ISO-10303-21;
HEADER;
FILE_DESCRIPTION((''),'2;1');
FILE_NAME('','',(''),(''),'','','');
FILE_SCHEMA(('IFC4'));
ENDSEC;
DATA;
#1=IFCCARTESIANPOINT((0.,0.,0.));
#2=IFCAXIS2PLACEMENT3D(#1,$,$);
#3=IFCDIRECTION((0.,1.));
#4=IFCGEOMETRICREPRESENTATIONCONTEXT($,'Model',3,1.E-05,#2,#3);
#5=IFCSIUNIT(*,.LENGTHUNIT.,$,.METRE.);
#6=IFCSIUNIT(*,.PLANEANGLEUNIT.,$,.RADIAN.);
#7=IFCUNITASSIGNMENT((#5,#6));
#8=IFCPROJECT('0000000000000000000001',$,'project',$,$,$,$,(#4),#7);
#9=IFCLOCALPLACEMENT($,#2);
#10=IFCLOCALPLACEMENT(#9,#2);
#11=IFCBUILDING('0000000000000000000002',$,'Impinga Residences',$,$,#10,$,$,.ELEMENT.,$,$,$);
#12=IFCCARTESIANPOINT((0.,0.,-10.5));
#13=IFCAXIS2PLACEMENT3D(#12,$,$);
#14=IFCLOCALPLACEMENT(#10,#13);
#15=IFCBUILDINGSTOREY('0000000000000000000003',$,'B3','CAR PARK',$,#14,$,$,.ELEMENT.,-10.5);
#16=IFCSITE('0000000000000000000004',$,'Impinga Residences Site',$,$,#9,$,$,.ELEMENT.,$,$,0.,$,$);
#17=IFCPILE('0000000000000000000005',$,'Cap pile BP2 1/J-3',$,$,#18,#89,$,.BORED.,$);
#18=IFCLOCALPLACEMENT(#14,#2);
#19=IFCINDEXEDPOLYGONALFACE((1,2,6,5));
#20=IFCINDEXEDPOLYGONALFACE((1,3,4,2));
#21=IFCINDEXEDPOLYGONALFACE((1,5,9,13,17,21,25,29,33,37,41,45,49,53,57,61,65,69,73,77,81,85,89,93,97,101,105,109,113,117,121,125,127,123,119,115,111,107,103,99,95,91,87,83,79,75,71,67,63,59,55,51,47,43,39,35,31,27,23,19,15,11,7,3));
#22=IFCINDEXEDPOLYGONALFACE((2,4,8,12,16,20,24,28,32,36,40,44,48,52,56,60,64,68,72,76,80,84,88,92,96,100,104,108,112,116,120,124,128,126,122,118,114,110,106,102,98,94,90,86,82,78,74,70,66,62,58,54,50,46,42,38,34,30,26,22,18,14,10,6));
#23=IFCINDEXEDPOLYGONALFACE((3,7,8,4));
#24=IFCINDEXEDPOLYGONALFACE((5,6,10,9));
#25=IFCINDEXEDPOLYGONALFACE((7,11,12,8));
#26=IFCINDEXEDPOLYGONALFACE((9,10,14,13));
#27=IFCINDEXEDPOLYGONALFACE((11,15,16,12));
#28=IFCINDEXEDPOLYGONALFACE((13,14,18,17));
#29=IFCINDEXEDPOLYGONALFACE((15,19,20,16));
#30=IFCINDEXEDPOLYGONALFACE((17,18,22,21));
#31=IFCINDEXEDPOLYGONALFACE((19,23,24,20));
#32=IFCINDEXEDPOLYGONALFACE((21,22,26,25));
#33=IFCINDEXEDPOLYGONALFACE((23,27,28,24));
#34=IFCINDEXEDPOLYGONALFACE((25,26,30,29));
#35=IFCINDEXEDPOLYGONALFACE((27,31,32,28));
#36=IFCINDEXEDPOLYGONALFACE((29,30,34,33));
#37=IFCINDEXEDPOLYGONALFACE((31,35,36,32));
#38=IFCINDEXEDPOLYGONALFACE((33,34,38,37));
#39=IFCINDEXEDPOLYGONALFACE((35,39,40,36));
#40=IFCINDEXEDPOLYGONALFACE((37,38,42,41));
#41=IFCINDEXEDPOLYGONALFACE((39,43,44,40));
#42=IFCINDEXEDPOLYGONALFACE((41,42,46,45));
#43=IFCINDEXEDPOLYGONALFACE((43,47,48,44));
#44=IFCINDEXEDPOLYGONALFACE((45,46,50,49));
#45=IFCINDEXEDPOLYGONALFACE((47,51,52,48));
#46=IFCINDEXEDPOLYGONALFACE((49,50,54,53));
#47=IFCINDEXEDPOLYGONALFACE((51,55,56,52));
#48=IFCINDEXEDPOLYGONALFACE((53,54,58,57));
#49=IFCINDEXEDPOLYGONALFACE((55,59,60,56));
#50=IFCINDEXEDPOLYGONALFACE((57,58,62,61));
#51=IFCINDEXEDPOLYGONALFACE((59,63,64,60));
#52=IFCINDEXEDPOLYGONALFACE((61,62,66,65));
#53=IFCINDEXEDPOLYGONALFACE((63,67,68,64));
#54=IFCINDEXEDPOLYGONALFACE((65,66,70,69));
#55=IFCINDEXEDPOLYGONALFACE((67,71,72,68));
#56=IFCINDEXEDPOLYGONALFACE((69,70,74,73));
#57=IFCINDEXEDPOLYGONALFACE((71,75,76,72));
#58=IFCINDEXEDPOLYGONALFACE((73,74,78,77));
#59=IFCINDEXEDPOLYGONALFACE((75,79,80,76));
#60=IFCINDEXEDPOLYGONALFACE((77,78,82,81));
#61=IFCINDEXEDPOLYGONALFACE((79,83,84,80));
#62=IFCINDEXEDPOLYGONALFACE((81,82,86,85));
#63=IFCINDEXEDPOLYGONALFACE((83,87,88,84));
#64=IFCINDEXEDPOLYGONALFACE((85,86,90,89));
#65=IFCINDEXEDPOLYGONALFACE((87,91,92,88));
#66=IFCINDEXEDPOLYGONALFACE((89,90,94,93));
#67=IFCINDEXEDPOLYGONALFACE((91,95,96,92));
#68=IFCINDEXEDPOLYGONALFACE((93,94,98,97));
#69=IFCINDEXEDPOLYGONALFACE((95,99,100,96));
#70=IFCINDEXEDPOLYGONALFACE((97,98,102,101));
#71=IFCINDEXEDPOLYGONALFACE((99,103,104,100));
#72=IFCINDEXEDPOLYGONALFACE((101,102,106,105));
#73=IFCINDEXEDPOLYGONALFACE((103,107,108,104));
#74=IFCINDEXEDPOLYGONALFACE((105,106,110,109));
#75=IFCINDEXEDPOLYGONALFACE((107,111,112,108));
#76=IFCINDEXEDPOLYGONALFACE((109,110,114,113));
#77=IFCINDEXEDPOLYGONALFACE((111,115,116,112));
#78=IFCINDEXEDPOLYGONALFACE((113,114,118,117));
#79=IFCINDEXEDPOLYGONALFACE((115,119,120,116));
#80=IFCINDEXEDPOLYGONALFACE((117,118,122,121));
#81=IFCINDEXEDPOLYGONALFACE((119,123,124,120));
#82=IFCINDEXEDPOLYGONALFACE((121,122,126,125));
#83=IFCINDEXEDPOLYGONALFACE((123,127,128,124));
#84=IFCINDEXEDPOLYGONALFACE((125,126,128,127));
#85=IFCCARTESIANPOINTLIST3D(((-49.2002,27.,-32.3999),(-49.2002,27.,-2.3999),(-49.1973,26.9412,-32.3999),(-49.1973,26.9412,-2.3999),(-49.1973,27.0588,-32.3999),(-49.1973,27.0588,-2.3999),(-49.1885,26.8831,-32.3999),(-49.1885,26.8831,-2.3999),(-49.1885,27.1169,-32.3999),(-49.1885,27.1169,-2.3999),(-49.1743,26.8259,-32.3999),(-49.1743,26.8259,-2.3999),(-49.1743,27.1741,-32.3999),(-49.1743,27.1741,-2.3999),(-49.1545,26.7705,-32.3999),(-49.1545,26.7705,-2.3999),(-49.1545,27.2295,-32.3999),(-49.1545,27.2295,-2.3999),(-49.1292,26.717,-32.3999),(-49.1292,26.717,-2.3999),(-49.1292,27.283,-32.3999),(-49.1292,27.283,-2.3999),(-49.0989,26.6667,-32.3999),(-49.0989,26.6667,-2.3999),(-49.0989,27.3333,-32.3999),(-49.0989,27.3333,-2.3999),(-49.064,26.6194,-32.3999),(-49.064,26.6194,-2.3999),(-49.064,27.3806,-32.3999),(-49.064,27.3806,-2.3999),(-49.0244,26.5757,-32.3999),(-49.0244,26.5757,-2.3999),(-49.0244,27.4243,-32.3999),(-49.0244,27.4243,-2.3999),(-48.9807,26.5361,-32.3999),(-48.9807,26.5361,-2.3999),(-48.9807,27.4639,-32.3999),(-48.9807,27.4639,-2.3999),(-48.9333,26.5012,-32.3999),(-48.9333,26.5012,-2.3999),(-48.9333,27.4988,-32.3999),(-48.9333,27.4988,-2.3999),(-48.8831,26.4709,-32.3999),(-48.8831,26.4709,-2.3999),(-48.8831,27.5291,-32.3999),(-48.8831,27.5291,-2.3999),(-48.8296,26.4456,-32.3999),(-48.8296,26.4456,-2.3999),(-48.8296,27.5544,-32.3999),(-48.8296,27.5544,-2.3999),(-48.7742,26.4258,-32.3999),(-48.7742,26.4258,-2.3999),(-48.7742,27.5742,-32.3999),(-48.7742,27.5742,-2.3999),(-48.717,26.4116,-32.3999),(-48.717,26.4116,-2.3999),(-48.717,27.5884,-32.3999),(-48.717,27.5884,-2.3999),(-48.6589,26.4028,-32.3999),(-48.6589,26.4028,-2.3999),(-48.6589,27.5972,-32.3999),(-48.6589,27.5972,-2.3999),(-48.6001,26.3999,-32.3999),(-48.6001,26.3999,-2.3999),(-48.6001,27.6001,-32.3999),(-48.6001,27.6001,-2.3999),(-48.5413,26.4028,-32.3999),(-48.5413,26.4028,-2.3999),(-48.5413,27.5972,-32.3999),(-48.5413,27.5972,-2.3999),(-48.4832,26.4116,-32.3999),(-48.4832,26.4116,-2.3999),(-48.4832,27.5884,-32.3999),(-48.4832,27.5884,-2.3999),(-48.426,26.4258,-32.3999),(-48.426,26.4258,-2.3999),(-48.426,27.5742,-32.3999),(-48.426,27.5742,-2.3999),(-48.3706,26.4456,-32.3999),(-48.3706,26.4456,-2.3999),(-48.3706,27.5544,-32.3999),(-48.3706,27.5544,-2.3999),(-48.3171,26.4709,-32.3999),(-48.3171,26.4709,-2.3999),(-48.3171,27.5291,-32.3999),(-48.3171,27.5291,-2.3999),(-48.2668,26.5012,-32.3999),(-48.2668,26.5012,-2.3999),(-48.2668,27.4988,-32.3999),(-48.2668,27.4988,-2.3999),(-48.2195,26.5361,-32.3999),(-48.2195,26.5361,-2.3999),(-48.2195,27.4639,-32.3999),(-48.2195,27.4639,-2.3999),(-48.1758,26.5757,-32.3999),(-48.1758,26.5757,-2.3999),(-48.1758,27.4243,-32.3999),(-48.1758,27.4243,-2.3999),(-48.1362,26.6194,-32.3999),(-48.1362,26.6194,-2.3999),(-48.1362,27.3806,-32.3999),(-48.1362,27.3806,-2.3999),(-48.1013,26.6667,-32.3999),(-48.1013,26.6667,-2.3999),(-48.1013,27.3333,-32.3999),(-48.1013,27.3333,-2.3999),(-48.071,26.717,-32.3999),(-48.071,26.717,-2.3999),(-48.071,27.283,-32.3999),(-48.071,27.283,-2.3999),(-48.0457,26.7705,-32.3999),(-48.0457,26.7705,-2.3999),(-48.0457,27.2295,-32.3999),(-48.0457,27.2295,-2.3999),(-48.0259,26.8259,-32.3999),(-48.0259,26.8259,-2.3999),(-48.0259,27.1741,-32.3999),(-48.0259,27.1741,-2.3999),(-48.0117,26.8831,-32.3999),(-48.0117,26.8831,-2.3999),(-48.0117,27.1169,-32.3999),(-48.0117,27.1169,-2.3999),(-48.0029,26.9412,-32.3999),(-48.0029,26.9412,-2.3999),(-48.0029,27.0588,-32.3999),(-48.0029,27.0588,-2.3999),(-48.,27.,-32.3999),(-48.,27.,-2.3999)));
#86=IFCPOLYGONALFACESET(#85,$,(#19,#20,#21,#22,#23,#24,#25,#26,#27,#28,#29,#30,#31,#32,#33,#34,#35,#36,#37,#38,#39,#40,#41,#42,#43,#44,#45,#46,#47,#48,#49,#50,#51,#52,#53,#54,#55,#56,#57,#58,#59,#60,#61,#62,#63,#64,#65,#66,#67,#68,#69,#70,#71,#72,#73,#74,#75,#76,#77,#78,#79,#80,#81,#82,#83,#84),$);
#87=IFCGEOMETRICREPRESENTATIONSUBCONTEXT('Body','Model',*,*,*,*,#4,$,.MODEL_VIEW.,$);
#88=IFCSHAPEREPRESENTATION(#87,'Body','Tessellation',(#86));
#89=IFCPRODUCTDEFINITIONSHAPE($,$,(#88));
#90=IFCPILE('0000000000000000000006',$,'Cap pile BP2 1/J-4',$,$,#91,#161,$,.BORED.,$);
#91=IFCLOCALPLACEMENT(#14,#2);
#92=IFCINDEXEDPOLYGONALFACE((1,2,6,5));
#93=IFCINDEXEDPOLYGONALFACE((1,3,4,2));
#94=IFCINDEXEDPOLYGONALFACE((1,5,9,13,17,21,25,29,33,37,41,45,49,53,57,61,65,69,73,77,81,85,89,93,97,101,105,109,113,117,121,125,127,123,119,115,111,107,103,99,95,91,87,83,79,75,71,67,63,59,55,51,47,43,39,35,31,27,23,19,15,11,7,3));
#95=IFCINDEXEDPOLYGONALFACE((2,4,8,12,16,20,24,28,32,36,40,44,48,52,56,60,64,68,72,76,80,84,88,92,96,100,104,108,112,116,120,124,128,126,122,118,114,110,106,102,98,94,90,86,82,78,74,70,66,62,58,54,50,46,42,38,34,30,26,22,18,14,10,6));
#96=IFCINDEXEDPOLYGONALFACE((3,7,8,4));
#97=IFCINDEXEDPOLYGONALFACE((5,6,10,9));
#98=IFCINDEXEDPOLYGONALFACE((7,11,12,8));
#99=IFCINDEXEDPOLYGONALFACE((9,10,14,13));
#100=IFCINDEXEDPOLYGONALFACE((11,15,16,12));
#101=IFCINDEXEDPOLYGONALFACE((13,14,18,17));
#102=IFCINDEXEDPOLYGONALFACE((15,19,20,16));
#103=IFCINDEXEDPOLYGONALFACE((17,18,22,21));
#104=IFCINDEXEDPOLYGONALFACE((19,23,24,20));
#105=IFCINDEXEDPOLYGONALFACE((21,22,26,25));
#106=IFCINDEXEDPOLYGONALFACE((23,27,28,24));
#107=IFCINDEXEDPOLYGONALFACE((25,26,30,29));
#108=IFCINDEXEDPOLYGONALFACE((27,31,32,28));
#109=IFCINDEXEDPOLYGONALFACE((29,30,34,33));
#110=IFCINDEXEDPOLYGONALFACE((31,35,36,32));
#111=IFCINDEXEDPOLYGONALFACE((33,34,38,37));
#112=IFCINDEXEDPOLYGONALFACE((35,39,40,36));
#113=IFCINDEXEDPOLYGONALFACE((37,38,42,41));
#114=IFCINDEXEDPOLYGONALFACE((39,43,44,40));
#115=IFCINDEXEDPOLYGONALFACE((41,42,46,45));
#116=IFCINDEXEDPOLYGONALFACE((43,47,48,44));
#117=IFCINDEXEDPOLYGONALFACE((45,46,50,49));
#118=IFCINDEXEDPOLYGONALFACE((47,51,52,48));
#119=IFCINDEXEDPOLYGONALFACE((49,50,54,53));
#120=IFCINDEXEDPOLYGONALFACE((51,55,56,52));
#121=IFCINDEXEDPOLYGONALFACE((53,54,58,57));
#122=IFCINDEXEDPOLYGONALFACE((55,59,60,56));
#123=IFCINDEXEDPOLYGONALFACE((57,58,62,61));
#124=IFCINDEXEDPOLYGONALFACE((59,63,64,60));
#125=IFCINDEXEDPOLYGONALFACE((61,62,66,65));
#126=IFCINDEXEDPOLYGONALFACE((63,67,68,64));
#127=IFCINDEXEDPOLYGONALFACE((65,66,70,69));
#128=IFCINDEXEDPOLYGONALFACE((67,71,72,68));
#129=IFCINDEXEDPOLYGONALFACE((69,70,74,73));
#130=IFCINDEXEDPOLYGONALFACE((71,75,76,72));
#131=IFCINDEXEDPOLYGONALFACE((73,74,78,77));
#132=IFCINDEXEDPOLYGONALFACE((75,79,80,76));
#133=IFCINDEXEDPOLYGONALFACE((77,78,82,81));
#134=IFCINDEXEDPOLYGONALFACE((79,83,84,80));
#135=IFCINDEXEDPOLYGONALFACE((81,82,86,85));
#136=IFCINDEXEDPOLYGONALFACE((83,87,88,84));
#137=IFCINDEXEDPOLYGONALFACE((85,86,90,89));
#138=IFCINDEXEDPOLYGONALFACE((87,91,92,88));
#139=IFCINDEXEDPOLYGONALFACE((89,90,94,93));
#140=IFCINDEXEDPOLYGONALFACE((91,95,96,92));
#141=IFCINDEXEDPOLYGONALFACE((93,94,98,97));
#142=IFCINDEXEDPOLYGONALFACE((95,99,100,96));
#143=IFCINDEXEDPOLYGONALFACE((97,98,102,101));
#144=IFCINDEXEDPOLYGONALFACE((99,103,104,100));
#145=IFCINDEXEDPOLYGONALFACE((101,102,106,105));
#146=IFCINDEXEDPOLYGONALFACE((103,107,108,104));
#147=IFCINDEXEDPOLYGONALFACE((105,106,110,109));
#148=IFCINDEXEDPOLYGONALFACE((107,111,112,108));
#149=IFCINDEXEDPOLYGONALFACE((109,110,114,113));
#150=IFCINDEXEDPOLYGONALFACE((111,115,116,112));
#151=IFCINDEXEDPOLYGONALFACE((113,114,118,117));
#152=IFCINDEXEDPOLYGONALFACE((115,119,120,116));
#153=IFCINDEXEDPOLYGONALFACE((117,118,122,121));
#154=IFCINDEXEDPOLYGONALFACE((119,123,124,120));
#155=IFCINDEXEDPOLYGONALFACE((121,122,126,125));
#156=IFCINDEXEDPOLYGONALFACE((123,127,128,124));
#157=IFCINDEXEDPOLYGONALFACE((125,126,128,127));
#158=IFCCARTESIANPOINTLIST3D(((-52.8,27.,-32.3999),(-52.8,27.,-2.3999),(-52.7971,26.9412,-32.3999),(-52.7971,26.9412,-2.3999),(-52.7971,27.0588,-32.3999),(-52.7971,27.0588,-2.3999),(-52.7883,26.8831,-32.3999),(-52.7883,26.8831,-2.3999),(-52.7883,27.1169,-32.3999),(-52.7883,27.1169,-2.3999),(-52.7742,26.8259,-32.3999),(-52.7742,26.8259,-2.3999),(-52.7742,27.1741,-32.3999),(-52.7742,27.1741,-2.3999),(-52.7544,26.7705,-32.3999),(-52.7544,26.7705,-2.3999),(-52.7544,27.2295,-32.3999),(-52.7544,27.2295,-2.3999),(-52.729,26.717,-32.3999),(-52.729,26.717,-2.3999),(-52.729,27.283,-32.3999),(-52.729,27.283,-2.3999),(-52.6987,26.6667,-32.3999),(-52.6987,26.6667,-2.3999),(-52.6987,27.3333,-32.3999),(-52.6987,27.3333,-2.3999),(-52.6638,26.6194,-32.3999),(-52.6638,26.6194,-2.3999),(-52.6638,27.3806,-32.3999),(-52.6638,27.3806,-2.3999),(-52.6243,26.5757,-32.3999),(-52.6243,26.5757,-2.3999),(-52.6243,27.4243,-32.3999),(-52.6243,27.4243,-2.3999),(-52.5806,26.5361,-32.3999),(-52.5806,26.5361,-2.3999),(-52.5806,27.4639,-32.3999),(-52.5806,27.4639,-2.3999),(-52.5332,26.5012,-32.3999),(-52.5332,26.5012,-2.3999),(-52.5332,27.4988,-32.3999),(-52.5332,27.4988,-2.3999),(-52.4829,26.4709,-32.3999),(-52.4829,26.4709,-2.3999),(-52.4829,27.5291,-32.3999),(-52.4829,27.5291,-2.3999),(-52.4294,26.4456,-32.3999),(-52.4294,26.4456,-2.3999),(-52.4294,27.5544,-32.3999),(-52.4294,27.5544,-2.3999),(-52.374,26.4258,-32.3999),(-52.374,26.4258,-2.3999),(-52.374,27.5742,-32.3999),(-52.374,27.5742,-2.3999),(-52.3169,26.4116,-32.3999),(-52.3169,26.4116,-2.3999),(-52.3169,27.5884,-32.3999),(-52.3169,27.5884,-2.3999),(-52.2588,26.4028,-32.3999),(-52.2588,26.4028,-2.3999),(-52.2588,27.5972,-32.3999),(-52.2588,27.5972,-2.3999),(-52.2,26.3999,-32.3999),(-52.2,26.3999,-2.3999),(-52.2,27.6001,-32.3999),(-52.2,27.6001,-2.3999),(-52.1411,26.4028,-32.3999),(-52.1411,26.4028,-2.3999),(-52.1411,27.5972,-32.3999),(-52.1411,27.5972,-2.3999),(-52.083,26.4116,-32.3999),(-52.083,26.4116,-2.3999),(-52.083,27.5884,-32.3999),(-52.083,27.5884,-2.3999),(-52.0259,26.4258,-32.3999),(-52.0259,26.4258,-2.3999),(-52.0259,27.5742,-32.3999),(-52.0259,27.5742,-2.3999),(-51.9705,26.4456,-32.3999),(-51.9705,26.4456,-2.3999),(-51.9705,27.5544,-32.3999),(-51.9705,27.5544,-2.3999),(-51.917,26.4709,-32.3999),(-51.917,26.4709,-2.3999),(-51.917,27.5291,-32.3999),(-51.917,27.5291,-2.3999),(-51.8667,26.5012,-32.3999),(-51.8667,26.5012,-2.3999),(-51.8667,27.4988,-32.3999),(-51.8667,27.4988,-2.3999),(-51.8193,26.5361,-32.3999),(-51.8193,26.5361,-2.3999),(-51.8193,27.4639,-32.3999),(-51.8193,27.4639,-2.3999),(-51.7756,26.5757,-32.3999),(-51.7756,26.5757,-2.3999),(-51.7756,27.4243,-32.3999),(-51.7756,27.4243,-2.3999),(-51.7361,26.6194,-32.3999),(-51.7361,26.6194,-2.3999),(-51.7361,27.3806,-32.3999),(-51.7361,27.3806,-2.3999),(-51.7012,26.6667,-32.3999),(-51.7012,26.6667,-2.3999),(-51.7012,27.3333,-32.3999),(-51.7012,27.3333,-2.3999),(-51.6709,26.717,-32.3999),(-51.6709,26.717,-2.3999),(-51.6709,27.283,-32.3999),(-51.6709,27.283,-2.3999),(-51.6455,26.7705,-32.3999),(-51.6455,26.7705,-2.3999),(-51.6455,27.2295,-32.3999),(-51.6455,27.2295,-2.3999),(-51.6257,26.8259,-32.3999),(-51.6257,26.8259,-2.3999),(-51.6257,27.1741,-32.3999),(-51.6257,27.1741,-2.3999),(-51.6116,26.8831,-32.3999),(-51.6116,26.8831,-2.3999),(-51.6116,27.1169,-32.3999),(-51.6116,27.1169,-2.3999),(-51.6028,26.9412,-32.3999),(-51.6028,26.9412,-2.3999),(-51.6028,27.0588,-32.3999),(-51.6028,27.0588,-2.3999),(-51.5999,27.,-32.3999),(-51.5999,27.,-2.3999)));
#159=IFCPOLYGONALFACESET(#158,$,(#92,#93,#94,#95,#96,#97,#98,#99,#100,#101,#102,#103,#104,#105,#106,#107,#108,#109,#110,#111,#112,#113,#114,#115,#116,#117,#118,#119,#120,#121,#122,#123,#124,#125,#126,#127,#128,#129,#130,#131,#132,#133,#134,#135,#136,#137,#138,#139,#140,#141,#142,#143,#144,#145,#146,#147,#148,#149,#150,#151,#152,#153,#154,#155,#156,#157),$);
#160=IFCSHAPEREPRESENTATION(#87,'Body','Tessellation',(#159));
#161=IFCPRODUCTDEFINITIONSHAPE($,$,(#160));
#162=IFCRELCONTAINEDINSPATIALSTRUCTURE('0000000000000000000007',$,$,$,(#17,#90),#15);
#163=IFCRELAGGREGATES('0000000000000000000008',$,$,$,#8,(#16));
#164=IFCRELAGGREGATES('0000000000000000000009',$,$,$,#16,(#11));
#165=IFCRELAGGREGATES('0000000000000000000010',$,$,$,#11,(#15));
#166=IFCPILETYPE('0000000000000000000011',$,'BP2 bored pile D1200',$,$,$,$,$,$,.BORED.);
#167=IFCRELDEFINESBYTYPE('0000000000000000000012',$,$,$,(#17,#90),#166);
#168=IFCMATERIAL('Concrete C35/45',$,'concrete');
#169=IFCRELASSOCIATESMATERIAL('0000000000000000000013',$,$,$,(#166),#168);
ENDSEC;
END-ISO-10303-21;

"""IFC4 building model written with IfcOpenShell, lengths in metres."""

from ifc_helpers import new_model, si_unit, direction, frame, origin, origin_2d, place, context, subcontext, project, spatial, polyline, circle, outline, extrude, material, material_profile, profile_set, type_object, element, save


model = new_model("IFC4")

# Units and contexts
model_context = context("Model", 3, precision=1e-05, world=origin(), true_north=direction((0.0, 1.0)))
body_context = subcontext(model_context, "Body", "Model", "MODEL_VIEW")
ifc_project = project(units=[si_unit("LENGTHUNIT", "METRE"), si_unit("PLANEANGLEUNIT", "RADIAN")], contexts=[model_context])

# Site, building, storey
site_placement = place(None, origin())
site = spatial("IfcSite", under=ifc_project, at=site_placement, Name="Impinga Residences Site", CompositionType="ELEMENT", RefElevation=0.0)
building_placement = place(site_placement, origin())
building = spatial("IfcBuilding", under=site, at=building_placement, Name="Impinga Residences", CompositionType="ELEMENT")
storey_placement = place(building_placement, frame((0.0, 0.0, -10.5)))
storey = spatial("IfcBuildingStorey", under=building, at=storey_placement, Name="B3", Description="CAR PARK", CompositionType="ELEMENT", Elevation=-10.5)

# Piles
ifc_material_1 = material(Name="Concrete C35/45", Category="concrete")
ifc_material_profile_1 = material_profile(ifc_material_1, circle(Radius=0.6001, at=origin_2d()), Name="D1200")
ifc_profile_set_1 = profile_set([ifc_material_profile_1], Name="Concrete C35/45")
pile_type = type_object("IfcPileType", Name="BP2 bored pile D1200", PredefinedType="BORED", material=ifc_profile_set_1)
pile_1_placement = place(storey_placement, frame((-48.6001, 27.0, -2.3999), z_axis=(0.0, 0.0, -1.0), x_axis=(1.0, 0.0, 0.0)))
element("IfcPile", 1, at=pile_1_placement, inside=storey, type_object=pile_type, Name="Cap pile BP2 1/J-3", PredefinedType="BORED", context=body_context, shape_type="SweptSolid", body=[
    extrude(outline(polyline([(0.6001, 0.0), (0.5972, 0.0588), (0.5884, 0.1169), (0.5742, 0.1741), (0.5544, 0.2295), (0.5291, 0.283), (0.4988, 0.3333), (0.4639, 0.3806), (0.4243, 0.4243), (0.3806, 0.4639), (0.3333, 0.4988), (0.283, 0.5291), (0.2295, 0.5544), (0.1741, 0.5742), (0.1169, 0.5884), (0.0588, 0.5972), (0.0, 0.6001), (-0.0588, 0.5972), (-0.1169, 0.5884), (-0.1741, 0.5742), (-0.2295, 0.5544), (-0.283, 0.5291), (-0.3333, 0.4988), (-0.3806, 0.4639), (-0.4243, 0.4243), (-0.4639, 0.3806), (-0.4988, 0.3333), (-0.5291, 0.283), (-0.5544, 0.2295), (-0.5742, 0.1741), (-0.5884, 0.1169), (-0.5972, 0.0588), (-0.6001, 0.0), (-0.5972, -0.0588), (-0.5884, -0.1169), (-0.5742, -0.1741), (-0.5544, -0.2295), (-0.5291, -0.283), (-0.4988, -0.3333), (-0.4639, -0.3806), (-0.4243, -0.4243), (-0.3806, -0.4639), (-0.3333, -0.4988), (-0.283, -0.5291), (-0.2295, -0.5544), (-0.1741, -0.5742), (-0.1169, -0.5884), (-0.0588, -0.5972), (0.0, -0.6001), (0.0588, -0.5972), (0.1169, -0.5884), (0.1741, -0.5742), (0.2295, -0.5544), (0.283, -0.5291), (0.3333, -0.4988), (0.3806, -0.4639), (0.4243, -0.4243), (0.4639, -0.3806), (0.4988, -0.3333), (0.5291, -0.283), (0.5544, -0.2295), (0.5742, -0.1741), (0.5884, -0.1169), (0.5972, -0.0588), (0.6001, 0.0)])), origin(), (0.0, 0.0, 1.0), 30.0),
])
pile_2_placement = place(storey_placement, frame((-52.2, 27.0, -2.3999), z_axis=(0.0, 0.0, -1.0), x_axis=(1.0, 0.0, 0.0)))
element("IfcPile", 2, at=pile_2_placement, inside=storey, type_object=pile_type, Name="Cap pile BP2 1/J-4", PredefinedType="BORED", context=body_context, shape_type="SweptSolid", body=[
    extrude(outline(polyline([(0.6001, 0.0), (0.5972, 0.0588), (0.5884, 0.1169), (0.5742, 0.1741), (0.5544, 0.2295), (0.5291, 0.283), (0.4988, 0.3333), (0.4639, 0.3806), (0.4243, 0.4243), (0.3806, 0.4639), (0.3333, 0.4988), (0.283, 0.5291), (0.2295, 0.5544), (0.1741, 0.5742), (0.1169, 0.5884), (0.0588, 0.5972), (0.0, 0.6001), (-0.0588, 0.5972), (-0.1169, 0.5884), (-0.1741, 0.5742), (-0.2295, 0.5544), (-0.283, 0.5291), (-0.3333, 0.4988), (-0.3806, 0.4639), (-0.4243, 0.4243), (-0.4639, 0.3806), (-0.4988, 0.3333), (-0.5291, 0.283), (-0.5544, 0.2295), (-0.5742, 0.1741), (-0.5884, 0.1169), (-0.5972, 0.0588), (-0.6001, 0.0), (-0.5972, -0.0588), (-0.5884, -0.1169), (-0.5742, -0.1741), (-0.5544, -0.2295), (-0.5291, -0.283), (-0.4988, -0.3333), (-0.4639, -0.3806), (-0.4243, -0.4243), (-0.3806, -0.4639), (-0.3333, -0.4988), (-0.283, -0.5291), (-0.2295, -0.5544), (-0.1741, -0.5742), (-0.1169, -0.5884), (-0.0588, -0.5972), (0.0, -0.6001), (0.0588, -0.5972), (0.1169, -0.5884), (0.1741, -0.5742), (0.2295, -0.5544), (0.283, -0.5291), (0.3333, -0.4988), (0.3806, -0.4639), (0.4243, -0.4243), (0.4639, -0.3806), (0.4988, -0.3333), (0.5291, -0.283), (0.5544, -0.2295), (0.5742, -0.1741), (0.5884, -0.1169), (0.5972, -0.0588), (0.6001, 0.0)])), origin(), (0.0, 0.0, 1.0), 30.0),
])

save(model, "model.ifc")
